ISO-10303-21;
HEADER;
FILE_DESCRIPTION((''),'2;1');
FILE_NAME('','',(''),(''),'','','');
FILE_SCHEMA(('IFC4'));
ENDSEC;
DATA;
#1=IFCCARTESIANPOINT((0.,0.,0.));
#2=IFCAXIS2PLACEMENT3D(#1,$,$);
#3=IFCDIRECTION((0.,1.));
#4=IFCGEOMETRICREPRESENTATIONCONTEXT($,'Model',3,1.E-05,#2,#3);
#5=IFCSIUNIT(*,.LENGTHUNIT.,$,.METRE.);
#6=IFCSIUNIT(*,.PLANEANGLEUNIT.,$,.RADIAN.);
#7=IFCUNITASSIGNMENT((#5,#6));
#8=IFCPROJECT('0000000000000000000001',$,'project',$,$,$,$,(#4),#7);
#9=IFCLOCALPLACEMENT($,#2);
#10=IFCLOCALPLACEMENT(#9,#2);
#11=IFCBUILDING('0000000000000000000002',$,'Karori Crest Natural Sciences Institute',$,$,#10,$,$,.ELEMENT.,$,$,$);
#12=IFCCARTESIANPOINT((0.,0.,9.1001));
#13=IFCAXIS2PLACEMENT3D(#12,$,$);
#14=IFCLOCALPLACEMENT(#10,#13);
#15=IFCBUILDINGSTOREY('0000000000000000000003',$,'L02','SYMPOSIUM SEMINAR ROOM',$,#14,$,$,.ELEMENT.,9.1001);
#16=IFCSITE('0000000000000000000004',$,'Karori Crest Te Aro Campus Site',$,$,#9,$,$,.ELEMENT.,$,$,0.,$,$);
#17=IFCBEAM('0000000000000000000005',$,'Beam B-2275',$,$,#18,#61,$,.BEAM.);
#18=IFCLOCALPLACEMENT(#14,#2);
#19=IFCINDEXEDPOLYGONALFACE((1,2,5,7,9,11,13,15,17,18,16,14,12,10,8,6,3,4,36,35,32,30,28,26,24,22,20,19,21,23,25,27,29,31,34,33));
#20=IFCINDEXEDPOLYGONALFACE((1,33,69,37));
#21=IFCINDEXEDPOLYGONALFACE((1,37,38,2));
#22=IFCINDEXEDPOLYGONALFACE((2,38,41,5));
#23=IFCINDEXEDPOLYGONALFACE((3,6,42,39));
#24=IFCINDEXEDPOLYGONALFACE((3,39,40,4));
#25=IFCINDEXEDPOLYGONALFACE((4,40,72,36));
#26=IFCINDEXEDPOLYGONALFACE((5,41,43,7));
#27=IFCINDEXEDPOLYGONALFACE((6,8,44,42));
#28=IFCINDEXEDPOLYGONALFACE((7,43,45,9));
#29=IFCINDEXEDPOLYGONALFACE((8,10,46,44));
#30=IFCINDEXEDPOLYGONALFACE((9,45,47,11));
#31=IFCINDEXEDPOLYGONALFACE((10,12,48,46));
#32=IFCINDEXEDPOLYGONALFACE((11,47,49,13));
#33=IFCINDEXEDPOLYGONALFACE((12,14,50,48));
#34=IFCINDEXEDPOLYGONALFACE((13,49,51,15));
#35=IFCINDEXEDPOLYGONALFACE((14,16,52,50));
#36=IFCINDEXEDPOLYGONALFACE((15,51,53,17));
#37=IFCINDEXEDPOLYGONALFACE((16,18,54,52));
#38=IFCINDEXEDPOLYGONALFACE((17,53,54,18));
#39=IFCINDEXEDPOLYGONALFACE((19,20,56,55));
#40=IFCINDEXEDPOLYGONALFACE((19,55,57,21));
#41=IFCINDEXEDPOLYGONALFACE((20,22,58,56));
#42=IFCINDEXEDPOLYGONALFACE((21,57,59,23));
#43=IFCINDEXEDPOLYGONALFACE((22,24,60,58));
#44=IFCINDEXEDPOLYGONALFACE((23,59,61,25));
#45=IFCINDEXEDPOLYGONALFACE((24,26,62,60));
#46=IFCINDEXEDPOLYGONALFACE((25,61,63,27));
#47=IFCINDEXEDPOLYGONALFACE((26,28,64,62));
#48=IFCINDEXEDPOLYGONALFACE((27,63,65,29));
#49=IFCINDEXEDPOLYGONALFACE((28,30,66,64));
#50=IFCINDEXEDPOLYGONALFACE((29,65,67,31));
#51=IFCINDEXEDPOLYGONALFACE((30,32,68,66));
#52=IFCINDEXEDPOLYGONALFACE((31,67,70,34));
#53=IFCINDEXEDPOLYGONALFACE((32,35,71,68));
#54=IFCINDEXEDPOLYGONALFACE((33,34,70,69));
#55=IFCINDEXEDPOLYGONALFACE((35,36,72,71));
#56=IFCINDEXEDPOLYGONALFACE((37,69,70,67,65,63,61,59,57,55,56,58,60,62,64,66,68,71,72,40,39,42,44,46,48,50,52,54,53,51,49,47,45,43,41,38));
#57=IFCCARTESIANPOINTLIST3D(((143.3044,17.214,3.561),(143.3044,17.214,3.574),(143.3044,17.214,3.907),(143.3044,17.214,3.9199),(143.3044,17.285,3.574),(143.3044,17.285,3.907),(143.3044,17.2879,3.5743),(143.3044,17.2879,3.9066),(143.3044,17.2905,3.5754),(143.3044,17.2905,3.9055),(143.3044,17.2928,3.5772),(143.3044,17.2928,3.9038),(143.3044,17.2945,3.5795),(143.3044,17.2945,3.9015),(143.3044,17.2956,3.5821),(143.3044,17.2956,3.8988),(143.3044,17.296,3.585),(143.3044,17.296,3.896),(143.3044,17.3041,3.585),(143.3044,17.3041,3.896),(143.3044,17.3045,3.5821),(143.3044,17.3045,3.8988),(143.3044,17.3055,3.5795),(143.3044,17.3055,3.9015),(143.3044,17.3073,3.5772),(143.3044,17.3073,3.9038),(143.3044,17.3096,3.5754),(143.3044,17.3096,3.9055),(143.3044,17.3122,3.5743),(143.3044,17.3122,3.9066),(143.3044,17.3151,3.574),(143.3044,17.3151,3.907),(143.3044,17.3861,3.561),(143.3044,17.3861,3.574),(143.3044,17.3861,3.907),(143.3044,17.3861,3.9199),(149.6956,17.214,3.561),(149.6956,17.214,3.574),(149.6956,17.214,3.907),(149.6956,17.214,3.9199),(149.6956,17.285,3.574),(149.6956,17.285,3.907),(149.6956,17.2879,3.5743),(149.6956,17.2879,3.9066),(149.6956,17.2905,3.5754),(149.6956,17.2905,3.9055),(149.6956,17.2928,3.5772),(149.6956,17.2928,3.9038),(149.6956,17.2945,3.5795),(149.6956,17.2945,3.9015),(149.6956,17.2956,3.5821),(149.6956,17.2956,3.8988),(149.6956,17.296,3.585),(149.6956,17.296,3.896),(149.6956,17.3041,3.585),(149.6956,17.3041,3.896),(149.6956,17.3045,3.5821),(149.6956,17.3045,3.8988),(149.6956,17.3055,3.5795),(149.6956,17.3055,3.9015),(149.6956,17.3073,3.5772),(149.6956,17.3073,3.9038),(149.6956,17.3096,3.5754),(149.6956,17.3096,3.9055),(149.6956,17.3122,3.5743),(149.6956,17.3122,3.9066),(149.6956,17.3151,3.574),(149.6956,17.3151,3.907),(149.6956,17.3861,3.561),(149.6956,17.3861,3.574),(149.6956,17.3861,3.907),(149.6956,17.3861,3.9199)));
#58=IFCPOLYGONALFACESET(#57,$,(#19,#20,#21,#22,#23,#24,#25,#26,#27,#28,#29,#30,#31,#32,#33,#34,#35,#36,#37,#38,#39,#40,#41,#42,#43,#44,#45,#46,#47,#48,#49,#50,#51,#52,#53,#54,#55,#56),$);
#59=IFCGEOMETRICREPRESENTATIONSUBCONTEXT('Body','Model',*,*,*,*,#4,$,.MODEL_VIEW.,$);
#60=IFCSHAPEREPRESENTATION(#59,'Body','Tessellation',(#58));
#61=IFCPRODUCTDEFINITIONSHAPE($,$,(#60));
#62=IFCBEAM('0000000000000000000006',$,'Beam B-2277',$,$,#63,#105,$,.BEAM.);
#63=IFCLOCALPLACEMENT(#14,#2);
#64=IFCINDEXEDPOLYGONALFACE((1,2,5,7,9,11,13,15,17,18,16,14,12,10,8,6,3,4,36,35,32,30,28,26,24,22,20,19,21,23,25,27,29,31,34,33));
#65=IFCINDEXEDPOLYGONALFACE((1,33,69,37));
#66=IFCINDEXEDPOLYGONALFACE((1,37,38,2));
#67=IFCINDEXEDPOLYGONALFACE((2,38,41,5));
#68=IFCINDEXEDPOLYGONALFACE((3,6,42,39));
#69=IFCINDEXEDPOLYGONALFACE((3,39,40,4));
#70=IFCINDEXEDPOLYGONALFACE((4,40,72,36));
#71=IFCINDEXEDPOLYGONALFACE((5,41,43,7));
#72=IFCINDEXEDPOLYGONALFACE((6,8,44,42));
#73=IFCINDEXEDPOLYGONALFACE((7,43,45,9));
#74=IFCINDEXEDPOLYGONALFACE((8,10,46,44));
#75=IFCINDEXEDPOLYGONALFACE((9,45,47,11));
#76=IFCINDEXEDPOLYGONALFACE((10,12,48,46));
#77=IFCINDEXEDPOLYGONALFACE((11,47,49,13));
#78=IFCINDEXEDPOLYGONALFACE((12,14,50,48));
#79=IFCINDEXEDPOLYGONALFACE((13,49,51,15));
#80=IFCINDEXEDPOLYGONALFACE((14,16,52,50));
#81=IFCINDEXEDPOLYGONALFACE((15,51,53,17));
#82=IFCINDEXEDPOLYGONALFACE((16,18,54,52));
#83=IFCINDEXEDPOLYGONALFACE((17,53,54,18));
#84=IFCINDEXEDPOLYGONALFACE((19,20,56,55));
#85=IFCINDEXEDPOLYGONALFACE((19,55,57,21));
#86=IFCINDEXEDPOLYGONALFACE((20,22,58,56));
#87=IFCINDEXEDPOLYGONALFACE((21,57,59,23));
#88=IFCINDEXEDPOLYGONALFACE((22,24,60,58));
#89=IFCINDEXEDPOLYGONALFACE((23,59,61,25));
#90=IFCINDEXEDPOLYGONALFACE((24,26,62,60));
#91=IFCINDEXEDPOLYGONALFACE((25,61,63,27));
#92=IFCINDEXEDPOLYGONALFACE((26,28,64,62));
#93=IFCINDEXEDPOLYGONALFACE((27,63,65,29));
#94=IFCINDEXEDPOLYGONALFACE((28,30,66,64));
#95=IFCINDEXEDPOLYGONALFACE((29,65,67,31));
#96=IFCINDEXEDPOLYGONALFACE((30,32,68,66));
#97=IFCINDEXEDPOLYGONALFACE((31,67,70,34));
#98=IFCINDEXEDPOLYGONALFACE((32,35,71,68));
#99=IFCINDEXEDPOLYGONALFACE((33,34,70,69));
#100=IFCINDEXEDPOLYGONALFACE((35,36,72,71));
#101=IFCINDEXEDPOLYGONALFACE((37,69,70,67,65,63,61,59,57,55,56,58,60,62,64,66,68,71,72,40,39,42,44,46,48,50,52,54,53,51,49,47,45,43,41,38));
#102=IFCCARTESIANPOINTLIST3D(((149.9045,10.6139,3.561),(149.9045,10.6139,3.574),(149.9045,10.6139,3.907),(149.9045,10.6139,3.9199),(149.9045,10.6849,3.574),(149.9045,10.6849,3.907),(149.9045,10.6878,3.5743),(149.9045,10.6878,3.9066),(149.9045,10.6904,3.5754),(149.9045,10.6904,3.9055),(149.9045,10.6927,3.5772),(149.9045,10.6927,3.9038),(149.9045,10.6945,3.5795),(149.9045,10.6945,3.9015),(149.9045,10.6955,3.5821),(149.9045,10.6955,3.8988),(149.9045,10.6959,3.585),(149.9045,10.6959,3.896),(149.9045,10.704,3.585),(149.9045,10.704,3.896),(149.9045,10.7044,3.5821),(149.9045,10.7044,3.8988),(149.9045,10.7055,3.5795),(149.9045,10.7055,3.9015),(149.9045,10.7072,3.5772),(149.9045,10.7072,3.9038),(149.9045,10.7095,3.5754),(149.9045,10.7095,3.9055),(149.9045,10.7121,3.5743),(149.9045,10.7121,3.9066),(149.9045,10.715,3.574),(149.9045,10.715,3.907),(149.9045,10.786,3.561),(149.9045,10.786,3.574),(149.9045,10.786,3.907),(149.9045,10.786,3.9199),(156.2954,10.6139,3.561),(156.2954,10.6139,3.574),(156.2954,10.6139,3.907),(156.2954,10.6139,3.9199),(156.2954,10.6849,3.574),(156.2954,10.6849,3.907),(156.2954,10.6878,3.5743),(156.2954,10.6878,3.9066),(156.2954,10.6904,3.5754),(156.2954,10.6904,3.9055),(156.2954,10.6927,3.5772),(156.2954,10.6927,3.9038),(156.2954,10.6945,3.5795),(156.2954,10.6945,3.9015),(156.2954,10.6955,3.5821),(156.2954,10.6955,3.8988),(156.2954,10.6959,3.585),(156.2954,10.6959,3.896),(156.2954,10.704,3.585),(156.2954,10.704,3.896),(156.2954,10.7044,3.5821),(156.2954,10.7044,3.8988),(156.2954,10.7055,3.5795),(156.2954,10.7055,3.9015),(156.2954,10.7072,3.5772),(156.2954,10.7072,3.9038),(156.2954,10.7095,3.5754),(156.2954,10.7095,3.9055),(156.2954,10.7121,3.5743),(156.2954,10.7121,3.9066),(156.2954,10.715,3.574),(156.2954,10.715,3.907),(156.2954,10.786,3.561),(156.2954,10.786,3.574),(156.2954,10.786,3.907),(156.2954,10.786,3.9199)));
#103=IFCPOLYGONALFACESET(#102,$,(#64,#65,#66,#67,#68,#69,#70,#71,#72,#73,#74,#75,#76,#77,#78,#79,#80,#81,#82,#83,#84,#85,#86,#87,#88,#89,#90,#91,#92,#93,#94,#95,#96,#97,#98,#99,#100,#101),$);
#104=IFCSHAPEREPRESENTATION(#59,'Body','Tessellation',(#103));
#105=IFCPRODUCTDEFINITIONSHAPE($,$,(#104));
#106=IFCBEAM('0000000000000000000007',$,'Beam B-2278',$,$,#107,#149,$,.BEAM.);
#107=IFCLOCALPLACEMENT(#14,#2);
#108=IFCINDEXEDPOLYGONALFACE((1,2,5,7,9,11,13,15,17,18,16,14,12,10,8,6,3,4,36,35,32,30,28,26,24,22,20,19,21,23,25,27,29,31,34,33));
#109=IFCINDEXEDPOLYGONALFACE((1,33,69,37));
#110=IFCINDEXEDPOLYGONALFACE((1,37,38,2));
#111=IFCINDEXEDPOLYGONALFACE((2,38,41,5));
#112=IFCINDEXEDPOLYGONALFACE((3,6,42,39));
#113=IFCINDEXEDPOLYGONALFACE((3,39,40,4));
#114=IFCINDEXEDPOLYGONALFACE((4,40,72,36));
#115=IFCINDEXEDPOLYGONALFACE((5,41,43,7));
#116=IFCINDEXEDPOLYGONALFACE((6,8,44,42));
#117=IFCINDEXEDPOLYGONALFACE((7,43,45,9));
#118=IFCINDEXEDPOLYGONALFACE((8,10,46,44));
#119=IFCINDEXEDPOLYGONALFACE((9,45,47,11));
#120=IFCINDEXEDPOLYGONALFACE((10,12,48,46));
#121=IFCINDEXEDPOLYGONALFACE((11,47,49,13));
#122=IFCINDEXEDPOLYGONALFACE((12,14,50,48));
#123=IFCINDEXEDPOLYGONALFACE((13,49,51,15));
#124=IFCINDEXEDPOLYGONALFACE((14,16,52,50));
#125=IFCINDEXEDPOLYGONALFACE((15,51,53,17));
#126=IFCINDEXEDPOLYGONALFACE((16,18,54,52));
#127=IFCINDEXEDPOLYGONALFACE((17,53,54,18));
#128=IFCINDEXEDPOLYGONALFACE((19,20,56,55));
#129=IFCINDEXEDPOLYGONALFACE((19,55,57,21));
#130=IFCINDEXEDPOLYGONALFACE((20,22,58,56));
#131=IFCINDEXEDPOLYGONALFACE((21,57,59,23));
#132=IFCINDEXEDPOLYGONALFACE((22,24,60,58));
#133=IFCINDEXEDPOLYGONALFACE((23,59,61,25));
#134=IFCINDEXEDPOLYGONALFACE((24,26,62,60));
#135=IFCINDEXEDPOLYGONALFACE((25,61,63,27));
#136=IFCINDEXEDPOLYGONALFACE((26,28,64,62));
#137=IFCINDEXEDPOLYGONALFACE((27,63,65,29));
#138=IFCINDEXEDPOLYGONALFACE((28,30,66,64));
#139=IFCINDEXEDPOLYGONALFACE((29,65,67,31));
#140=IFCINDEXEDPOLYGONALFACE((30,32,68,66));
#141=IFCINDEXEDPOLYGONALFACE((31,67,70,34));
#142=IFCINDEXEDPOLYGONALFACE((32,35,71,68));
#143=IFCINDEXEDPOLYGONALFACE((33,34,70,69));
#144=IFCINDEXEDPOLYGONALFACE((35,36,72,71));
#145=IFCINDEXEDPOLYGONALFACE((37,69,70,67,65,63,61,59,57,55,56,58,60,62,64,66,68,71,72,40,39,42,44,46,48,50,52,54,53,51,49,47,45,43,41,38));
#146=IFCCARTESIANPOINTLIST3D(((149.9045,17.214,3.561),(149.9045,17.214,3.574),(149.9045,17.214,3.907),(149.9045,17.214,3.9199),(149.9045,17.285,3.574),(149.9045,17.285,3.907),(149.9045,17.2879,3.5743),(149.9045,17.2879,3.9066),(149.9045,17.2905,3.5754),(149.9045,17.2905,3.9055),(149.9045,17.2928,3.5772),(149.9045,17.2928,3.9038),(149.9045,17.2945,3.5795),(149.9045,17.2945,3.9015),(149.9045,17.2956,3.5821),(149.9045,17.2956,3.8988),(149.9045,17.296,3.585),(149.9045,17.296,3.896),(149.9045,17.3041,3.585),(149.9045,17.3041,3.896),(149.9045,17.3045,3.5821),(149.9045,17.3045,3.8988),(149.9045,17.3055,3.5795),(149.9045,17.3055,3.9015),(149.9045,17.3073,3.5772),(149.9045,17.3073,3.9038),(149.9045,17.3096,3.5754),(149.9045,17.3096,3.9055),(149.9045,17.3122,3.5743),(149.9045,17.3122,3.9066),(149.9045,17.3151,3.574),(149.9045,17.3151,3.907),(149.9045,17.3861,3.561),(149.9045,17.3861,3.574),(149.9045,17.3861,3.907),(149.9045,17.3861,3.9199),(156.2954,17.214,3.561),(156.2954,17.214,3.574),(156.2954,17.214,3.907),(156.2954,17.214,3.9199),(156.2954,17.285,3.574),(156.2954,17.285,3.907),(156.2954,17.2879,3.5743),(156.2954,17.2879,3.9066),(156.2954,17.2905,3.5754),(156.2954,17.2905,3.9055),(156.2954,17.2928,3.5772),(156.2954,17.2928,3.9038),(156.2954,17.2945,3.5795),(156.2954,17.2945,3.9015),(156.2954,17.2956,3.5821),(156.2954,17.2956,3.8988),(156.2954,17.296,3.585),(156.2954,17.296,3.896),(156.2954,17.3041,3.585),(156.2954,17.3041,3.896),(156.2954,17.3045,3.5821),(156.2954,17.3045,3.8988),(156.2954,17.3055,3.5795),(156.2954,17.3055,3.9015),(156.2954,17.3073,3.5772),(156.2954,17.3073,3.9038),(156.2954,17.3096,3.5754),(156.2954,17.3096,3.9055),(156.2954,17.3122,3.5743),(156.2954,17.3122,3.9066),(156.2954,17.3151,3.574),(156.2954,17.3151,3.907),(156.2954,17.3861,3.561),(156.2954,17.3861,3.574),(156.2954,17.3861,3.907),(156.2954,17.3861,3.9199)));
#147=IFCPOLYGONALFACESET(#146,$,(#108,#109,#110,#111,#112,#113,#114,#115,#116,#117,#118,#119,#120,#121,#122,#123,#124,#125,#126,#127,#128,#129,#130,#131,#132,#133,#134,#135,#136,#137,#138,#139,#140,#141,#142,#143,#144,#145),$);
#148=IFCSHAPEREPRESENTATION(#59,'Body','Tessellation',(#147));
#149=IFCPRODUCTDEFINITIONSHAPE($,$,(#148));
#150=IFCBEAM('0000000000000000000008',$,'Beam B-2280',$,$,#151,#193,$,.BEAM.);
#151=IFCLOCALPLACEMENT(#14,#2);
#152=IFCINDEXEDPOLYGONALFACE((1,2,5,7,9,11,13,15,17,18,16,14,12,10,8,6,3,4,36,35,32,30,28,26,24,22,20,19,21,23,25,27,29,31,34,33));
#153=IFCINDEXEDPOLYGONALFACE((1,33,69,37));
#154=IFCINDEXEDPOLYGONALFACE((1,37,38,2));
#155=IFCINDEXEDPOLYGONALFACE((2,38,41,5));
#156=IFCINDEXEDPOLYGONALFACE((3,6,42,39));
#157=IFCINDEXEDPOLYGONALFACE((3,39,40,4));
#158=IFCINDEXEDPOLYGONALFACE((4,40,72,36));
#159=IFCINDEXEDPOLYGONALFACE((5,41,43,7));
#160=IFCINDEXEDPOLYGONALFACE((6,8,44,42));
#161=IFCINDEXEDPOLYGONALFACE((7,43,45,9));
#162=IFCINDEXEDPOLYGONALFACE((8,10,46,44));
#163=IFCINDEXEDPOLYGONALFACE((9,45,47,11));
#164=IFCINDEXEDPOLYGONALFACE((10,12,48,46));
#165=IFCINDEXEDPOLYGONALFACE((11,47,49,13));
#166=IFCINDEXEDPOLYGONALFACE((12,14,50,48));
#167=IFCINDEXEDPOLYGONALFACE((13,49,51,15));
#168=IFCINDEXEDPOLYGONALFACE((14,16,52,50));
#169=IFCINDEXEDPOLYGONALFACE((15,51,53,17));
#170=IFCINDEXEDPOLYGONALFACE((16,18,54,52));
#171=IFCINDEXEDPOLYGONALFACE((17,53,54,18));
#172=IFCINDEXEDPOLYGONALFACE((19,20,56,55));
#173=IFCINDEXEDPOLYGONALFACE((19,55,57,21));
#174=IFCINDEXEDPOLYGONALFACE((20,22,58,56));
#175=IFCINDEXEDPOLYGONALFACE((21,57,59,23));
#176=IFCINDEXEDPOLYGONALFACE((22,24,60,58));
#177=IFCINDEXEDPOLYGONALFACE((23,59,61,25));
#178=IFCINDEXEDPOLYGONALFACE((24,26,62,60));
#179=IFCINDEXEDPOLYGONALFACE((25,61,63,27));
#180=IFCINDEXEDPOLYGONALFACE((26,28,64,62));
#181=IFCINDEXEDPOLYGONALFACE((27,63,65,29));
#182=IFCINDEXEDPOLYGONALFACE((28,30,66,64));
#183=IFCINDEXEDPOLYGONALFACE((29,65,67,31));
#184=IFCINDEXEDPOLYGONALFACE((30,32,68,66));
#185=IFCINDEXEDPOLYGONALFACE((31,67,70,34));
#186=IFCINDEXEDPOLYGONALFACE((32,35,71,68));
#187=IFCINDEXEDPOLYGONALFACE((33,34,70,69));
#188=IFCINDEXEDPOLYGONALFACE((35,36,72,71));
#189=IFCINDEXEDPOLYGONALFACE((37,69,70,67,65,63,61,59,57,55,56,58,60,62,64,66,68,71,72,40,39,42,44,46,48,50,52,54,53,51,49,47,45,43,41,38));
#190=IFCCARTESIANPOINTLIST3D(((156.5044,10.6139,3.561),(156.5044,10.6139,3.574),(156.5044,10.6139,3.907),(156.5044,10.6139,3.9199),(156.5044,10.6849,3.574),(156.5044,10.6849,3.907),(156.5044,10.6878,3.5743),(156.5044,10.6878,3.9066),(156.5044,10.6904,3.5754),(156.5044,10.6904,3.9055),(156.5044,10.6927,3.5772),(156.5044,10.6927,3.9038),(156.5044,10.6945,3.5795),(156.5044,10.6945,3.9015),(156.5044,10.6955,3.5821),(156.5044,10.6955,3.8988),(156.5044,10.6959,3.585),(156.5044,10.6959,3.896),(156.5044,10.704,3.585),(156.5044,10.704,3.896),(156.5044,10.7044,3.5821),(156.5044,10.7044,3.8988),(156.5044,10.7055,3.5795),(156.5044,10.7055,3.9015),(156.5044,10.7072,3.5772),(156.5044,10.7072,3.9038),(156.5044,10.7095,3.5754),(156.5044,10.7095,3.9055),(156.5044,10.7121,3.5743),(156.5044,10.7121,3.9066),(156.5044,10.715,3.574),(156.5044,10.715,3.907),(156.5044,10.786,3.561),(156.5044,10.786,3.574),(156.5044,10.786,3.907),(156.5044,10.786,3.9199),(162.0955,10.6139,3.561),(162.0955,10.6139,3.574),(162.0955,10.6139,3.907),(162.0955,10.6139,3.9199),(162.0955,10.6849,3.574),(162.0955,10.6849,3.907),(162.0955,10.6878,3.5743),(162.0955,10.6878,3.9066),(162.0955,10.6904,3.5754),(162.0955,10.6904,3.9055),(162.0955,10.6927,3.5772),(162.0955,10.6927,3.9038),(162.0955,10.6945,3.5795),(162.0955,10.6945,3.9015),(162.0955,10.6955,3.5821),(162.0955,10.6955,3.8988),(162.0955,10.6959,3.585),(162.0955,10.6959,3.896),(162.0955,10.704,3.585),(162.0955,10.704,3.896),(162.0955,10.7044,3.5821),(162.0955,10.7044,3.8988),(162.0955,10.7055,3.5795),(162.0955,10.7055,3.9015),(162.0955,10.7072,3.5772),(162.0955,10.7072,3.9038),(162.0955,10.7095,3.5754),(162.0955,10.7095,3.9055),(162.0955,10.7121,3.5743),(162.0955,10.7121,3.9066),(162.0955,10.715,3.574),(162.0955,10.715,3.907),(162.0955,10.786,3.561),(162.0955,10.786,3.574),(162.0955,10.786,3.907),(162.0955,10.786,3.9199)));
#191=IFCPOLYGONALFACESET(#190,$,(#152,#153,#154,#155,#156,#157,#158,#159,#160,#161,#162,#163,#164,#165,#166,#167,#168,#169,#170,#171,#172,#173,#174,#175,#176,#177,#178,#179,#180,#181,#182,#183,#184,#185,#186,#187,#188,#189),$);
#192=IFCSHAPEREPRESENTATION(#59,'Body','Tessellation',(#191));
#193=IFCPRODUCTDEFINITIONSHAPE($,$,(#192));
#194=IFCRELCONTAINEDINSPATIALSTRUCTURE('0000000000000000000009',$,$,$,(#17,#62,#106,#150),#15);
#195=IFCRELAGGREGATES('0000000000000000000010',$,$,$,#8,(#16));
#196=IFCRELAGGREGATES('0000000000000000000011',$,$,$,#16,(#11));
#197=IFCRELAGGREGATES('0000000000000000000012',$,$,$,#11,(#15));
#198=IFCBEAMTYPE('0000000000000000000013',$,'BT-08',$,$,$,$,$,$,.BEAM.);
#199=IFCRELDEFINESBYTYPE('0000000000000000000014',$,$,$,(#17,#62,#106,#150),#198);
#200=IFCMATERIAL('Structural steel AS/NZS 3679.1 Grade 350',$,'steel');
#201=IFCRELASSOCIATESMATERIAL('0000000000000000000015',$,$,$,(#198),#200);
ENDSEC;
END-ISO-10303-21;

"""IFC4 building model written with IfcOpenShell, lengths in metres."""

from ifc_helpers import new_model, si_unit, direction, frame, origin, origin_2d, place, context, subcontext, project, spatial, i_section, extrude, material, material_profile, profile_set, type_object, element, save


model = new_model("IFC4")

# Units and contexts
model_context = context("Model", 3, precision=1e-05, world=origin(), true_north=direction((0.0, 1.0)))
body_context = subcontext(model_context, "Body", "Model", "MODEL_VIEW")
ifc_project = project(units=[si_unit("LENGTHUNIT", "METRE"), si_unit("PLANEANGLEUNIT", "RADIAN")], contexts=[model_context])

# Site, building, storey
site_placement = place(None, origin())
site = spatial("IfcSite", under=ifc_project, at=site_placement, Name="Karori Crest Te Aro Campus Site", CompositionType="ELEMENT", RefElevation=0.0)
building_placement = place(site_placement, origin())
building = spatial("IfcBuilding", under=site, at=building_placement, Name="Karori Crest Natural Sciences Institute", CompositionType="ELEMENT")
storey_placement = place(building_placement, frame((0.0, 0.0, 9.1001)))
storey = spatial("IfcBuildingStorey", under=building, at=storey_placement, Name="L02", Description="SYMPOSIUM SEMINAR ROOM", CompositionType="ELEMENT", Elevation=9.1001)

# Shared definitions
ifc_material_1 = material(Name="Structural steel AS/NZS 3679.1 Grade 350", Category="steel")

# Beams
ifc_material_profile_1 = material_profile(ifc_material_1, i_section(OverallWidth=0.1721, OverallDepth=0.3589, WebThickness=0.0081, FlangeThickness=0.0129, FilletRadius=0.011, at=origin_2d()), Name="360UB56.7")
ifc_profile_set_1 = profile_set([ifc_material_profile_1], Name="Structural steel AS/NZS 3679.1 Grade 350")
beam_type_1 = type_object("IfcBeamType", Name="BT-08", PredefinedType="BEAM", material=ifc_profile_set_1)
beam_1_placement = place(storey_placement, frame((143.3044, 17.3, 3.7405), z_axis=(1.0, 0.0, 0.0), x_axis=(0.0, 1.0, 0.0)))
element("IfcBeam", 1, at=beam_1_placement, inside=storey, type_object=beam_type_1, Name="Beam B-2275", PredefinedType="BEAM", context=body_context, shape_type="SweptSolid", body=[
    extrude(i_section(OverallWidth=0.1721, OverallDepth=0.3589, WebThickness=0.0081, FlangeThickness=0.0129, FilletRadius=0.011, at=origin_2d()), origin(), (0.0, 0.0, 1.0), 6.3911),
])
for number, where, z_axis, x_axis, name in (
    (2, (149.9045, 10.7, 3.7405), (1.0, 0.0, 0.0), (0.0, 1.0, 0.0), "Beam B-2277"),
    (3, (149.9045, 17.3, 3.7405), (1.0, 0.0, 0.0), (0.0, 1.0, 0.0), "Beam B-2278"),
):
    element("IfcBeam", number, at=place(storey_placement, frame(where, z_axis=z_axis, x_axis=x_axis)), inside=storey, type_object=beam_type_1, Name=name, PredefinedType="BEAM", context=body_context, shape_type="SweptSolid", body=[
        extrude(i_section(OverallWidth=0.1721, OverallDepth=0.3589, WebThickness=0.0081, FlangeThickness=0.0129, FilletRadius=0.011, at=origin_2d()), origin(), (0.0, 0.0, 1.0), 6.3909),
    ])
for number, where, z_axis, x_axis, name in (
    (4, (156.5044, 10.7, 3.7405), (1.0, 0.0, 0.0), (0.0, 1.0, 0.0), "Beam B-2280"),
):
    element("IfcBeam", number, at=place(storey_placement, frame(where, z_axis=z_axis, x_axis=x_axis)), inside=storey, type_object=beam_type_1, Name=name, PredefinedType="BEAM", context=body_context, shape_type="SweptSolid", body=[
        extrude(i_section(OverallWidth=0.1721, OverallDepth=0.3589, WebThickness=0.0081, FlangeThickness=0.0129, FilletRadius=0.011, at=origin_2d()), origin(), (0.0, 0.0, 1.0), 5.5911),
    ])

save(model, "model.ifc")
